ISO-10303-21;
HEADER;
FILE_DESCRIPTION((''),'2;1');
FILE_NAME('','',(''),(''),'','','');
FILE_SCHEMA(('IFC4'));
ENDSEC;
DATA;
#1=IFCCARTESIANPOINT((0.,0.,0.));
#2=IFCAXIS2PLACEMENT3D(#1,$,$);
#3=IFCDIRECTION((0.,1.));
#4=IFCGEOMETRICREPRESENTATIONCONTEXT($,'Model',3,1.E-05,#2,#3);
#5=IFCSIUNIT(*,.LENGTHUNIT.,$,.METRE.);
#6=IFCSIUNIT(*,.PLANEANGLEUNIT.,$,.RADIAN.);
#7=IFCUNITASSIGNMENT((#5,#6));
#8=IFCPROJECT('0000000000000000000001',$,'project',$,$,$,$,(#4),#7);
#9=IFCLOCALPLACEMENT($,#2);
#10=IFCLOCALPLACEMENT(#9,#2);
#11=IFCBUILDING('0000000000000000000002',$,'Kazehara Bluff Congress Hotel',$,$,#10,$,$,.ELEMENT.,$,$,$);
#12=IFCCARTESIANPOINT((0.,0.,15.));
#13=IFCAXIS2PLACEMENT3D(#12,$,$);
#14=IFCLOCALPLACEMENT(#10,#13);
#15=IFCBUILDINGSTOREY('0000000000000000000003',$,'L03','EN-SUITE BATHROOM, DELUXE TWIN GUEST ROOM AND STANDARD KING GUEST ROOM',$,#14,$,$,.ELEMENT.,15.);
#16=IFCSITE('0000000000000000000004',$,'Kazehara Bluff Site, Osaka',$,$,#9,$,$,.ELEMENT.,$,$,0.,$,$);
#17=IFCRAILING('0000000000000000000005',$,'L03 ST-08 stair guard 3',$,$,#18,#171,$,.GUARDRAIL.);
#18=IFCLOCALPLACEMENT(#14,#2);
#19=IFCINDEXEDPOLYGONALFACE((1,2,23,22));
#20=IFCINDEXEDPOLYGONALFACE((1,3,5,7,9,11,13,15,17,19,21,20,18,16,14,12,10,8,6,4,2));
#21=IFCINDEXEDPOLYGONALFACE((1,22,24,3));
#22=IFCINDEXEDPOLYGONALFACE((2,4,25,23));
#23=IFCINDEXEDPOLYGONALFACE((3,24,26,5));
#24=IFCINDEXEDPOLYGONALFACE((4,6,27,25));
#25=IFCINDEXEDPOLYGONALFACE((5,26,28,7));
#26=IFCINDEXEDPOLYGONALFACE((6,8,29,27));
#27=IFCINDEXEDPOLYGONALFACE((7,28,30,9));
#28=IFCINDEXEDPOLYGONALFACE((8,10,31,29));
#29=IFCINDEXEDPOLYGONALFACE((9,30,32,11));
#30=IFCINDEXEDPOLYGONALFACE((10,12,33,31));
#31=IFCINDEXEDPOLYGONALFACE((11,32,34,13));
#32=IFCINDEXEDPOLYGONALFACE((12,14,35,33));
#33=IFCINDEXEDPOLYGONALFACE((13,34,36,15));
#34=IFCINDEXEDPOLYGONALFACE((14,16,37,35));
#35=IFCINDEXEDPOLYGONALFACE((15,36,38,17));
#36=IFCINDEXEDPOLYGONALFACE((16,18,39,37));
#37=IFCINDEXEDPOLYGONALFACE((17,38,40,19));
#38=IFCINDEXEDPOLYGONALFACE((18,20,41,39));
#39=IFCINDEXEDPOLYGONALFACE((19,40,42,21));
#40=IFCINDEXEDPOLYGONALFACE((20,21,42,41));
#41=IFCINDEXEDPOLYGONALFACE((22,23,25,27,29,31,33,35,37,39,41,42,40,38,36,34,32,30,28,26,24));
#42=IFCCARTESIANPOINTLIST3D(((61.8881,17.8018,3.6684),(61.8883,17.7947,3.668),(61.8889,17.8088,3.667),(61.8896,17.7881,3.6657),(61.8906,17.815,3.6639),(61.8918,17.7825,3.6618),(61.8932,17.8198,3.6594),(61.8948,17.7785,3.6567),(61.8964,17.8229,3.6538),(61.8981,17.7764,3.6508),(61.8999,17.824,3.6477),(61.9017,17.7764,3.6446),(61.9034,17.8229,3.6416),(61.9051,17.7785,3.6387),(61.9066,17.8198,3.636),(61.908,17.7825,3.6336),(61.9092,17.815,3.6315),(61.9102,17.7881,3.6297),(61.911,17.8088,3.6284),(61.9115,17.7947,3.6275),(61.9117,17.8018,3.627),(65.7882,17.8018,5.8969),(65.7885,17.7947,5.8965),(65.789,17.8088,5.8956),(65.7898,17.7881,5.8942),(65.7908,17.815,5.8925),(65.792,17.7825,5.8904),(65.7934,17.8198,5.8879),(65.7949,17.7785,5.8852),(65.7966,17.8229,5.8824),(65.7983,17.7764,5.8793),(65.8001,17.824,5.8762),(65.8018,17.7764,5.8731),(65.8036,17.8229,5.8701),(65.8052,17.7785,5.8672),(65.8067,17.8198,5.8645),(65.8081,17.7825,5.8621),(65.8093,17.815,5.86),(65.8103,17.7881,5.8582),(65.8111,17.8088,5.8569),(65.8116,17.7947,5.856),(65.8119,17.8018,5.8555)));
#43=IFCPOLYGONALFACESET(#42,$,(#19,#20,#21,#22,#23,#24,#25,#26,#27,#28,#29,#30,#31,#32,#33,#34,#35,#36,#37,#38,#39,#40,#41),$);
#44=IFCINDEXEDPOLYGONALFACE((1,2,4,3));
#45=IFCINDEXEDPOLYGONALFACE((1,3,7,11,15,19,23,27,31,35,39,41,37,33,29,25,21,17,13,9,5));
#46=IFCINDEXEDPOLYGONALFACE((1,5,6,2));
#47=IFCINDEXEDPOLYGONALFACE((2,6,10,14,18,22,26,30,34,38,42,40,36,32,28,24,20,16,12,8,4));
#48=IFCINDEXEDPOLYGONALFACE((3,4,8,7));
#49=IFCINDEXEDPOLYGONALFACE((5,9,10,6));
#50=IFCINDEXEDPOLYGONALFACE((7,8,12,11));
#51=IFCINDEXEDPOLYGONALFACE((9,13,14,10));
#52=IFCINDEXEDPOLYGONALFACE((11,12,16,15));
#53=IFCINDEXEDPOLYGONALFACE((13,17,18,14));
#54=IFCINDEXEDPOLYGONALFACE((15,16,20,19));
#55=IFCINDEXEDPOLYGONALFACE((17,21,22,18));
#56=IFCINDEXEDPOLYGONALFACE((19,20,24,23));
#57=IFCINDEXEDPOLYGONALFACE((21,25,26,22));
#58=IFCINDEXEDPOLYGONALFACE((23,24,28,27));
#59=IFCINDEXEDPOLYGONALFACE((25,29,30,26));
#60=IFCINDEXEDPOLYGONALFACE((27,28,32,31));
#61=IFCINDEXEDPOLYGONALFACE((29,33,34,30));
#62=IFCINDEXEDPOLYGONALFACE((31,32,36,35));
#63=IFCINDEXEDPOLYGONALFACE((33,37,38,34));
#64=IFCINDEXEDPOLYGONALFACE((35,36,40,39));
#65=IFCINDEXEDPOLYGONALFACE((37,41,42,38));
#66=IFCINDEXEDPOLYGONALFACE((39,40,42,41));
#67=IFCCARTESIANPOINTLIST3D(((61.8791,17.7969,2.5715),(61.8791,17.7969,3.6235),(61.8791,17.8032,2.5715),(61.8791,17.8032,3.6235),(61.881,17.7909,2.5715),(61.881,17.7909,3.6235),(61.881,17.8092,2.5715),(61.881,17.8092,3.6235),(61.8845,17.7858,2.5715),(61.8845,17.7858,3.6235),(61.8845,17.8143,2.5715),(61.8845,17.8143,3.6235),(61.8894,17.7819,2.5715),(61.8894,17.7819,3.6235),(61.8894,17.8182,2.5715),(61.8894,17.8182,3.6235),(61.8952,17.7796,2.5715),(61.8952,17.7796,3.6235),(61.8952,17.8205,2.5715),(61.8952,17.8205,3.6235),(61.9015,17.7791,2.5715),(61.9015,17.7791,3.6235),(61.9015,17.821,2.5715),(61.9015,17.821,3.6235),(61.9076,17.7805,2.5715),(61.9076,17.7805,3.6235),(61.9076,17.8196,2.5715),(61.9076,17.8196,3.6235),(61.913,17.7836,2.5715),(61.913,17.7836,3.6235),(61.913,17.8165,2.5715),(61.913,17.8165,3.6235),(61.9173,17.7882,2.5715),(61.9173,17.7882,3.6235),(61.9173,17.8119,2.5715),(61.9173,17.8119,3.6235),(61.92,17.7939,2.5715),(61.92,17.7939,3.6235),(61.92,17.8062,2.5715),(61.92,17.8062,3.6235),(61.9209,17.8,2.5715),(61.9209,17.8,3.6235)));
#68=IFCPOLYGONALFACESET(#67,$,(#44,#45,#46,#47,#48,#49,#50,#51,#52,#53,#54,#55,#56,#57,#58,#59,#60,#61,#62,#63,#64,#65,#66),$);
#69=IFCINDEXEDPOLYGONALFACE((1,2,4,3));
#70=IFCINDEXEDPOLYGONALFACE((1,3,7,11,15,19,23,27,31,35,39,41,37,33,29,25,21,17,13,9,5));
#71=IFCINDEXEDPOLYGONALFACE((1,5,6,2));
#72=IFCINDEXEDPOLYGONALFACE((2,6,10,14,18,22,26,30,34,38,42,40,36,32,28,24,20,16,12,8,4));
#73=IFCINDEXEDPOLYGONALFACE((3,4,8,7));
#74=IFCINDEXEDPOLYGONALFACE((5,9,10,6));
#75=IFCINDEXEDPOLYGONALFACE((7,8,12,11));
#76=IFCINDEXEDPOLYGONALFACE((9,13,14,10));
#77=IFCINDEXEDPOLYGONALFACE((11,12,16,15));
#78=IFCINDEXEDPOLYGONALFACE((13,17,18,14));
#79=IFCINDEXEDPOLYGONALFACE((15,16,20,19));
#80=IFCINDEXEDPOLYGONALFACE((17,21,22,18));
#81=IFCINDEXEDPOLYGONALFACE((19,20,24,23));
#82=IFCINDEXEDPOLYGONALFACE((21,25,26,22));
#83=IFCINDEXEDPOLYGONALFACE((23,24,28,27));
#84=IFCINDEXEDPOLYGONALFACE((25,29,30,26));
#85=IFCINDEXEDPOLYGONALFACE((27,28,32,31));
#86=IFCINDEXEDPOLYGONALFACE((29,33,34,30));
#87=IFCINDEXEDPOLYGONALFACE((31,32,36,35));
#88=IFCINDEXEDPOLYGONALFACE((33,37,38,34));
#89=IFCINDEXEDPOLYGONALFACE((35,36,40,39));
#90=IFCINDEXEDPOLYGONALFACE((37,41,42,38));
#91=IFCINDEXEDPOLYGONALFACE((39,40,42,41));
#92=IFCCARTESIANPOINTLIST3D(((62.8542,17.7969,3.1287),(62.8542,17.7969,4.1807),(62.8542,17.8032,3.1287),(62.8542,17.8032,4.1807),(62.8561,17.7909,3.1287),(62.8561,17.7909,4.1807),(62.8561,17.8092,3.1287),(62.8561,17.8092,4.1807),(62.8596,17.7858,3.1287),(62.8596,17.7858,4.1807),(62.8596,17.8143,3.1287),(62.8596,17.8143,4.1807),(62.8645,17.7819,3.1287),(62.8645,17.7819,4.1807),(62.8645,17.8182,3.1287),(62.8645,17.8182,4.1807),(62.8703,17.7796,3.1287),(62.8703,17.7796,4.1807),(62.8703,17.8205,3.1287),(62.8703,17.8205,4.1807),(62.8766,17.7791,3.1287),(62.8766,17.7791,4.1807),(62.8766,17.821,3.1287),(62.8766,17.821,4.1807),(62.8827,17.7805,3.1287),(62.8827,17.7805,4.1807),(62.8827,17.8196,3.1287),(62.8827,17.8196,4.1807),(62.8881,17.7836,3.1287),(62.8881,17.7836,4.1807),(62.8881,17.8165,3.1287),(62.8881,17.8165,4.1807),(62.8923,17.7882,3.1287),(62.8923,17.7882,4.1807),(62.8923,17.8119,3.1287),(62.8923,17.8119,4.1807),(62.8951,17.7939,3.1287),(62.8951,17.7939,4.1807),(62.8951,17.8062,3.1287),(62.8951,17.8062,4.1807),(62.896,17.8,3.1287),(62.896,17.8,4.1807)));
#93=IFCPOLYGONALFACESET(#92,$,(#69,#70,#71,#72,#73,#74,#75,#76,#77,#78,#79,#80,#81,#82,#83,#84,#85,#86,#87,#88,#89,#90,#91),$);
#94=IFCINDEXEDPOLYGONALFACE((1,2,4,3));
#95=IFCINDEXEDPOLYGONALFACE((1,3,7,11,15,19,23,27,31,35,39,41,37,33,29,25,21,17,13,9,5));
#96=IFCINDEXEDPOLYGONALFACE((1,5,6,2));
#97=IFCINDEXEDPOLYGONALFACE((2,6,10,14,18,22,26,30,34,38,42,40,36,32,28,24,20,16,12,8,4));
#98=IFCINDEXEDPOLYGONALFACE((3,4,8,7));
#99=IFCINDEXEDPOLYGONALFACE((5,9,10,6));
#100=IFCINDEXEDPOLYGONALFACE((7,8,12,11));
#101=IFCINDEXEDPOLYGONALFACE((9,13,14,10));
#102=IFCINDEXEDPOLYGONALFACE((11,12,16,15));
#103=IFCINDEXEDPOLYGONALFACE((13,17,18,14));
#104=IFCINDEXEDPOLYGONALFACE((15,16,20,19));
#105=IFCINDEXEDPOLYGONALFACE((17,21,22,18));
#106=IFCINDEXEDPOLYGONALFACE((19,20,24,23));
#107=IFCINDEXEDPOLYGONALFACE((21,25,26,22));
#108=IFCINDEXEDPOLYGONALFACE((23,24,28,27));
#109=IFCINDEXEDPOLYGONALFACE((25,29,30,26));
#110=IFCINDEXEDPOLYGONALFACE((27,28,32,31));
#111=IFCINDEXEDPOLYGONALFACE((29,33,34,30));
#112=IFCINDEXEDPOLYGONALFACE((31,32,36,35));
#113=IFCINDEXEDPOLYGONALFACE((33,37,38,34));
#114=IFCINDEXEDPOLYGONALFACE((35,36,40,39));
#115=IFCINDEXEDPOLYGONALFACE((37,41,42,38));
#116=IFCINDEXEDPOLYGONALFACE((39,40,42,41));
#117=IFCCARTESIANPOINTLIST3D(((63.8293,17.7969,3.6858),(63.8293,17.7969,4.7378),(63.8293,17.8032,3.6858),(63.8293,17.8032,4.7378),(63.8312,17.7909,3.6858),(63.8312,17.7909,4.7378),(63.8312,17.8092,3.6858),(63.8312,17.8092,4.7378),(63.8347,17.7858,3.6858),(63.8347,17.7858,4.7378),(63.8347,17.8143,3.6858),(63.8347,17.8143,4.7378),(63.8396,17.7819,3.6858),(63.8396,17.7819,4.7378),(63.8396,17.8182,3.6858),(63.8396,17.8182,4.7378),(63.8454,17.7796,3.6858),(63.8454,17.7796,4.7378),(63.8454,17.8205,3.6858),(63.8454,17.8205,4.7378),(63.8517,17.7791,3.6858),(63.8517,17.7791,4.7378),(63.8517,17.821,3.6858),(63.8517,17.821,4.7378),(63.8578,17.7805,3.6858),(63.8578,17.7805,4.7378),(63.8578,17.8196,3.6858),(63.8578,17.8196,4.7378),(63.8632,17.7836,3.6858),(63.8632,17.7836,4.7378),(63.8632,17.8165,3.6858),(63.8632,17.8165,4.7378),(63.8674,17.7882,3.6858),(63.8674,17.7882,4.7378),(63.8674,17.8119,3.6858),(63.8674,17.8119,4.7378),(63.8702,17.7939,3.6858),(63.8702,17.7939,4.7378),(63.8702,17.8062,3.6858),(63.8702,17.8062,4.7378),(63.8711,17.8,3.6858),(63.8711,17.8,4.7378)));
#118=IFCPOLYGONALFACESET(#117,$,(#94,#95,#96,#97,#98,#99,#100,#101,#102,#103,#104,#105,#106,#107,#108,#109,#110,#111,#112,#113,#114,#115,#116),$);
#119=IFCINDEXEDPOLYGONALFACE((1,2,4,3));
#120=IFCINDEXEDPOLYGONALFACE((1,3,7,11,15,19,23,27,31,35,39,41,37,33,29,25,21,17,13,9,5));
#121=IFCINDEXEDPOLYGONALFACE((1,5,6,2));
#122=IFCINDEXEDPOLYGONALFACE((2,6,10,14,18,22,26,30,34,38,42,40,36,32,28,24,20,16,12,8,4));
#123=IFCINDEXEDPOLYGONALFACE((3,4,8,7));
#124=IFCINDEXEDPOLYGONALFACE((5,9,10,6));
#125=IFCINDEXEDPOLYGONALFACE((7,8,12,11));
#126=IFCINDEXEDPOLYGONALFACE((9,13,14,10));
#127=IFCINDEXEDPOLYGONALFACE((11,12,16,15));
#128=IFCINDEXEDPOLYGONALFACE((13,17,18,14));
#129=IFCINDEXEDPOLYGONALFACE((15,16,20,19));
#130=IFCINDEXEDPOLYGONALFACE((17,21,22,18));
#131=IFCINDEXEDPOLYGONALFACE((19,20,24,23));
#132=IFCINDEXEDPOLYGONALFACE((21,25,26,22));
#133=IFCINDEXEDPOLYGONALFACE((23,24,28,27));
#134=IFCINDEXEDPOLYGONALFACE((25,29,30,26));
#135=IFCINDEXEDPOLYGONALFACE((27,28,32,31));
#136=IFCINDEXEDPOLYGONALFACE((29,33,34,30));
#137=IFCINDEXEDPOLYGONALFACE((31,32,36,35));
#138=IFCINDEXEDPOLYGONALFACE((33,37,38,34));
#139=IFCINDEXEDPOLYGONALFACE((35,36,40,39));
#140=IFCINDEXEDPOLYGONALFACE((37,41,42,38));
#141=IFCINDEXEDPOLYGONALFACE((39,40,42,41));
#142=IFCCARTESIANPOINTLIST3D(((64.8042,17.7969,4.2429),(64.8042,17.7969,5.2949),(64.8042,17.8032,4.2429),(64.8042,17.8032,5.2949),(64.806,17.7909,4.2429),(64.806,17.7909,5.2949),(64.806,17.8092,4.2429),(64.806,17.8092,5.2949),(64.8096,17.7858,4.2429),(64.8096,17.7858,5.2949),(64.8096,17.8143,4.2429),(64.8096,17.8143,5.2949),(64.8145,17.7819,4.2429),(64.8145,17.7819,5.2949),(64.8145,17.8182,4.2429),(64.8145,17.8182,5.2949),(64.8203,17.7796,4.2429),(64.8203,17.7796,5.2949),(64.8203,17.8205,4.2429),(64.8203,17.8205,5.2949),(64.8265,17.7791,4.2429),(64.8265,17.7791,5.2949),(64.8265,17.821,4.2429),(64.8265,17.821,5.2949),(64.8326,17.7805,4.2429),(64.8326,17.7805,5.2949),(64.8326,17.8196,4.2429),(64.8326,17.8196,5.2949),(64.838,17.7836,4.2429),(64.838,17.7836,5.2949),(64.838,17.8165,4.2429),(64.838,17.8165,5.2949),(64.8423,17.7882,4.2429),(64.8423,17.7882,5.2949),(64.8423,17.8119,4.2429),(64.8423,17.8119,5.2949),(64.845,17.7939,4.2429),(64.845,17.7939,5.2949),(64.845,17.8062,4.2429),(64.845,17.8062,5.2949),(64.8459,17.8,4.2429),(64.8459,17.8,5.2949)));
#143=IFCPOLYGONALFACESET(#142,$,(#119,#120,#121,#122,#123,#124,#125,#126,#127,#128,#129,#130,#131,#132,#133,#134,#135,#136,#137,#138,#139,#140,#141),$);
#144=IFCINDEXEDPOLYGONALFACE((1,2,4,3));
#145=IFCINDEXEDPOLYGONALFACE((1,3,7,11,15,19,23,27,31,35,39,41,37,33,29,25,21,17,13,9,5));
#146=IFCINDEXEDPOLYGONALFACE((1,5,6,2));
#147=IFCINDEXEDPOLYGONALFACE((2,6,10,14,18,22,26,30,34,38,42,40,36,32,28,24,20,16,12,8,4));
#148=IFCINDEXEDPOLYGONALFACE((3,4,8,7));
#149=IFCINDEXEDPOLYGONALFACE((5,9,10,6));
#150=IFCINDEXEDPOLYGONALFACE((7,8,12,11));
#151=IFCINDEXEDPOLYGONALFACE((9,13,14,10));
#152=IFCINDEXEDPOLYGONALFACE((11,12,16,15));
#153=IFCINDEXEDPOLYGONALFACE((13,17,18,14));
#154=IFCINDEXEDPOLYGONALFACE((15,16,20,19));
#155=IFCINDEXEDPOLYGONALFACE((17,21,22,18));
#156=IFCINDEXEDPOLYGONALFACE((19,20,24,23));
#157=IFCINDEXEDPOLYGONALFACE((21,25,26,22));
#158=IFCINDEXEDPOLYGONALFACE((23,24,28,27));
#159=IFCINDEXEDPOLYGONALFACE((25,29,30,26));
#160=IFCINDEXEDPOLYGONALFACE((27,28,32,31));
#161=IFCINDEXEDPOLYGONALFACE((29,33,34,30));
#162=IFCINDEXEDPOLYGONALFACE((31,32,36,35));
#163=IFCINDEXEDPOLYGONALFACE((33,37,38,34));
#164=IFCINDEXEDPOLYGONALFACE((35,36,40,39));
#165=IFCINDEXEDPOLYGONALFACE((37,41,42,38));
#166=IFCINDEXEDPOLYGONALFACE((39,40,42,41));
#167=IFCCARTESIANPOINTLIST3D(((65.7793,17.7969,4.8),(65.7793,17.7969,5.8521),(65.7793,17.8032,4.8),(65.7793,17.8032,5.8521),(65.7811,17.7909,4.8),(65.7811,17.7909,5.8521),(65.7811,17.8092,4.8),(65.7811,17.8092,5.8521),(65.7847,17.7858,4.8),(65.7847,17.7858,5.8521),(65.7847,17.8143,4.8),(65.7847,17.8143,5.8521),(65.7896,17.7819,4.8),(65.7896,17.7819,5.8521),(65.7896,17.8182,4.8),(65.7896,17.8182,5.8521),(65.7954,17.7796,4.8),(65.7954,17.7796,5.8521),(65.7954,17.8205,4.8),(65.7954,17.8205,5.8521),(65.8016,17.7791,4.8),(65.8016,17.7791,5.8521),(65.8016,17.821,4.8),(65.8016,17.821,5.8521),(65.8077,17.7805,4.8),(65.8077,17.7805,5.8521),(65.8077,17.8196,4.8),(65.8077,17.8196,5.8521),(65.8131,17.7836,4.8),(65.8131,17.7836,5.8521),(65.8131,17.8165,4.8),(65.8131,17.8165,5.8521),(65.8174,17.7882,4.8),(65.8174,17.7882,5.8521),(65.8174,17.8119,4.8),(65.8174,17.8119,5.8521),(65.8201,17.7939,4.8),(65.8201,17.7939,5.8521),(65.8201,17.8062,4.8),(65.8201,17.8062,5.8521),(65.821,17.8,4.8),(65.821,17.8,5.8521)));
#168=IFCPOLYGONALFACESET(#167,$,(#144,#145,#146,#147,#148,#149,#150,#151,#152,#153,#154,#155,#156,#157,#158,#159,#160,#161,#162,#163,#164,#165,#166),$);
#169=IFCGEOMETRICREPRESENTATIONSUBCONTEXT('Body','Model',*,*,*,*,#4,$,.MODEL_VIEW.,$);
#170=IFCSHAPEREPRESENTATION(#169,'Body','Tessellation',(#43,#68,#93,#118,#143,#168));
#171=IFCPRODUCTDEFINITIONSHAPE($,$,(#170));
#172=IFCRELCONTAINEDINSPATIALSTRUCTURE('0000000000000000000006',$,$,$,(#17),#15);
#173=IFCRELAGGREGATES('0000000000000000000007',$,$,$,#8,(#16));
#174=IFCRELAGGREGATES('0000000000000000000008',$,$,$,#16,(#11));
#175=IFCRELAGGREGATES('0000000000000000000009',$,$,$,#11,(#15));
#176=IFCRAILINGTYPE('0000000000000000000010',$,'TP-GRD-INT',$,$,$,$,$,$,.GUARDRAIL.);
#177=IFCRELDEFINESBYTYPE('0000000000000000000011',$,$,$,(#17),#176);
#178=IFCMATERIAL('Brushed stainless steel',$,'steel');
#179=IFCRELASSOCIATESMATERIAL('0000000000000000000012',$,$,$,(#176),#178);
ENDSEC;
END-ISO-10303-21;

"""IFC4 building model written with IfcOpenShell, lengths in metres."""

from ifc_helpers import new_model, si_unit, direction, frame, origin, origin_2d, place, context, subcontext, project, spatial, circle, extrude, material, type_object, element, save


model = new_model("IFC4")

# Units and contexts
model_context = context("Model", 3, precision=1e-05, world=origin(), true_north=direction((0.0, 1.0)))
body_context = subcontext(model_context, "Body", "Model", "MODEL_VIEW")
ifc_project = project(units=[si_unit("LENGTHUNIT", "METRE"), si_unit("PLANEANGLEUNIT", "RADIAN")], contexts=[model_context])

# Site, building, storey
site_placement = place(None, origin())
site = spatial("IfcSite", under=ifc_project, at=site_placement, Name="Kazehara Bluff Site, Osaka", CompositionType="ELEMENT", RefElevation=0.0)
building_placement = place(site_placement, origin())
building = spatial("IfcBuilding", under=site, at=building_placement, Name="Kazehara Bluff Congress Hotel", CompositionType="ELEMENT")
storey_placement = place(building_placement, frame((0.0, 0.0, 15.0)))
storey = spatial("IfcBuildingStorey", under=building, at=storey_placement, Name="L03", Description="EN-SUITE BATHROOM, DELUXE TWIN GUEST ROOM AND STANDARD KING GUEST ROOM", CompositionType="ELEMENT", Elevation=15.0)

# Railing
ifc_material_1 = material(Name="Brushed stainless steel", Category="steel")
railing_type_1 = type_object("IfcRailingType", Name="TP-GRD-INT", PredefinedType="GUARDRAIL", material=ifc_material_1)
railing_1_placement = place(storey_placement, frame((61.8999, 17.8, 2.5715)))
element("IfcRailing", 1, at=railing_1_placement, inside=storey, type_object=railing_type_1, Name="L03 ST-08 stair guard 3", PredefinedType="GUARDRAIL", context=body_context, shape_type="SweptSolid", body=[
    extrude(circle(Radius=0.0239, at=origin_2d()), frame((0.0, 0.0, 1.0762), z_axis=(0.868257, 0.0, 0.496116), x_axis=(0.0, 1.0, 0.0)), (0.0, 0.0, 1.0), 4.4919),
    extrude(circle(Radius=0.021, at=origin_2d()), origin(), (0.0, 0.0, 1.0), 1.052),
    extrude(circle(Radius=0.021, at=origin_2d()), frame((0.9751, 0.0, 0.5571)), (0.0, 0.0, 1.0), 1.052),
    extrude(circle(Radius=0.021, at=origin_2d()), frame((1.9502, 0.0, 1.1143)), (0.0, 0.0, 1.0), 1.052),
    extrude(circle(Radius=0.021, at=origin_2d()), frame((2.925, 0.0, 1.6714)), (0.0, 0.0, 1.0), 1.052),
    extrude(circle(Radius=0.021, at=origin_2d()), frame((3.9001, 0.0, 2.2285)), (0.0, 0.0, 1.0), 1.052),
])

save(model, "model.ifc")
